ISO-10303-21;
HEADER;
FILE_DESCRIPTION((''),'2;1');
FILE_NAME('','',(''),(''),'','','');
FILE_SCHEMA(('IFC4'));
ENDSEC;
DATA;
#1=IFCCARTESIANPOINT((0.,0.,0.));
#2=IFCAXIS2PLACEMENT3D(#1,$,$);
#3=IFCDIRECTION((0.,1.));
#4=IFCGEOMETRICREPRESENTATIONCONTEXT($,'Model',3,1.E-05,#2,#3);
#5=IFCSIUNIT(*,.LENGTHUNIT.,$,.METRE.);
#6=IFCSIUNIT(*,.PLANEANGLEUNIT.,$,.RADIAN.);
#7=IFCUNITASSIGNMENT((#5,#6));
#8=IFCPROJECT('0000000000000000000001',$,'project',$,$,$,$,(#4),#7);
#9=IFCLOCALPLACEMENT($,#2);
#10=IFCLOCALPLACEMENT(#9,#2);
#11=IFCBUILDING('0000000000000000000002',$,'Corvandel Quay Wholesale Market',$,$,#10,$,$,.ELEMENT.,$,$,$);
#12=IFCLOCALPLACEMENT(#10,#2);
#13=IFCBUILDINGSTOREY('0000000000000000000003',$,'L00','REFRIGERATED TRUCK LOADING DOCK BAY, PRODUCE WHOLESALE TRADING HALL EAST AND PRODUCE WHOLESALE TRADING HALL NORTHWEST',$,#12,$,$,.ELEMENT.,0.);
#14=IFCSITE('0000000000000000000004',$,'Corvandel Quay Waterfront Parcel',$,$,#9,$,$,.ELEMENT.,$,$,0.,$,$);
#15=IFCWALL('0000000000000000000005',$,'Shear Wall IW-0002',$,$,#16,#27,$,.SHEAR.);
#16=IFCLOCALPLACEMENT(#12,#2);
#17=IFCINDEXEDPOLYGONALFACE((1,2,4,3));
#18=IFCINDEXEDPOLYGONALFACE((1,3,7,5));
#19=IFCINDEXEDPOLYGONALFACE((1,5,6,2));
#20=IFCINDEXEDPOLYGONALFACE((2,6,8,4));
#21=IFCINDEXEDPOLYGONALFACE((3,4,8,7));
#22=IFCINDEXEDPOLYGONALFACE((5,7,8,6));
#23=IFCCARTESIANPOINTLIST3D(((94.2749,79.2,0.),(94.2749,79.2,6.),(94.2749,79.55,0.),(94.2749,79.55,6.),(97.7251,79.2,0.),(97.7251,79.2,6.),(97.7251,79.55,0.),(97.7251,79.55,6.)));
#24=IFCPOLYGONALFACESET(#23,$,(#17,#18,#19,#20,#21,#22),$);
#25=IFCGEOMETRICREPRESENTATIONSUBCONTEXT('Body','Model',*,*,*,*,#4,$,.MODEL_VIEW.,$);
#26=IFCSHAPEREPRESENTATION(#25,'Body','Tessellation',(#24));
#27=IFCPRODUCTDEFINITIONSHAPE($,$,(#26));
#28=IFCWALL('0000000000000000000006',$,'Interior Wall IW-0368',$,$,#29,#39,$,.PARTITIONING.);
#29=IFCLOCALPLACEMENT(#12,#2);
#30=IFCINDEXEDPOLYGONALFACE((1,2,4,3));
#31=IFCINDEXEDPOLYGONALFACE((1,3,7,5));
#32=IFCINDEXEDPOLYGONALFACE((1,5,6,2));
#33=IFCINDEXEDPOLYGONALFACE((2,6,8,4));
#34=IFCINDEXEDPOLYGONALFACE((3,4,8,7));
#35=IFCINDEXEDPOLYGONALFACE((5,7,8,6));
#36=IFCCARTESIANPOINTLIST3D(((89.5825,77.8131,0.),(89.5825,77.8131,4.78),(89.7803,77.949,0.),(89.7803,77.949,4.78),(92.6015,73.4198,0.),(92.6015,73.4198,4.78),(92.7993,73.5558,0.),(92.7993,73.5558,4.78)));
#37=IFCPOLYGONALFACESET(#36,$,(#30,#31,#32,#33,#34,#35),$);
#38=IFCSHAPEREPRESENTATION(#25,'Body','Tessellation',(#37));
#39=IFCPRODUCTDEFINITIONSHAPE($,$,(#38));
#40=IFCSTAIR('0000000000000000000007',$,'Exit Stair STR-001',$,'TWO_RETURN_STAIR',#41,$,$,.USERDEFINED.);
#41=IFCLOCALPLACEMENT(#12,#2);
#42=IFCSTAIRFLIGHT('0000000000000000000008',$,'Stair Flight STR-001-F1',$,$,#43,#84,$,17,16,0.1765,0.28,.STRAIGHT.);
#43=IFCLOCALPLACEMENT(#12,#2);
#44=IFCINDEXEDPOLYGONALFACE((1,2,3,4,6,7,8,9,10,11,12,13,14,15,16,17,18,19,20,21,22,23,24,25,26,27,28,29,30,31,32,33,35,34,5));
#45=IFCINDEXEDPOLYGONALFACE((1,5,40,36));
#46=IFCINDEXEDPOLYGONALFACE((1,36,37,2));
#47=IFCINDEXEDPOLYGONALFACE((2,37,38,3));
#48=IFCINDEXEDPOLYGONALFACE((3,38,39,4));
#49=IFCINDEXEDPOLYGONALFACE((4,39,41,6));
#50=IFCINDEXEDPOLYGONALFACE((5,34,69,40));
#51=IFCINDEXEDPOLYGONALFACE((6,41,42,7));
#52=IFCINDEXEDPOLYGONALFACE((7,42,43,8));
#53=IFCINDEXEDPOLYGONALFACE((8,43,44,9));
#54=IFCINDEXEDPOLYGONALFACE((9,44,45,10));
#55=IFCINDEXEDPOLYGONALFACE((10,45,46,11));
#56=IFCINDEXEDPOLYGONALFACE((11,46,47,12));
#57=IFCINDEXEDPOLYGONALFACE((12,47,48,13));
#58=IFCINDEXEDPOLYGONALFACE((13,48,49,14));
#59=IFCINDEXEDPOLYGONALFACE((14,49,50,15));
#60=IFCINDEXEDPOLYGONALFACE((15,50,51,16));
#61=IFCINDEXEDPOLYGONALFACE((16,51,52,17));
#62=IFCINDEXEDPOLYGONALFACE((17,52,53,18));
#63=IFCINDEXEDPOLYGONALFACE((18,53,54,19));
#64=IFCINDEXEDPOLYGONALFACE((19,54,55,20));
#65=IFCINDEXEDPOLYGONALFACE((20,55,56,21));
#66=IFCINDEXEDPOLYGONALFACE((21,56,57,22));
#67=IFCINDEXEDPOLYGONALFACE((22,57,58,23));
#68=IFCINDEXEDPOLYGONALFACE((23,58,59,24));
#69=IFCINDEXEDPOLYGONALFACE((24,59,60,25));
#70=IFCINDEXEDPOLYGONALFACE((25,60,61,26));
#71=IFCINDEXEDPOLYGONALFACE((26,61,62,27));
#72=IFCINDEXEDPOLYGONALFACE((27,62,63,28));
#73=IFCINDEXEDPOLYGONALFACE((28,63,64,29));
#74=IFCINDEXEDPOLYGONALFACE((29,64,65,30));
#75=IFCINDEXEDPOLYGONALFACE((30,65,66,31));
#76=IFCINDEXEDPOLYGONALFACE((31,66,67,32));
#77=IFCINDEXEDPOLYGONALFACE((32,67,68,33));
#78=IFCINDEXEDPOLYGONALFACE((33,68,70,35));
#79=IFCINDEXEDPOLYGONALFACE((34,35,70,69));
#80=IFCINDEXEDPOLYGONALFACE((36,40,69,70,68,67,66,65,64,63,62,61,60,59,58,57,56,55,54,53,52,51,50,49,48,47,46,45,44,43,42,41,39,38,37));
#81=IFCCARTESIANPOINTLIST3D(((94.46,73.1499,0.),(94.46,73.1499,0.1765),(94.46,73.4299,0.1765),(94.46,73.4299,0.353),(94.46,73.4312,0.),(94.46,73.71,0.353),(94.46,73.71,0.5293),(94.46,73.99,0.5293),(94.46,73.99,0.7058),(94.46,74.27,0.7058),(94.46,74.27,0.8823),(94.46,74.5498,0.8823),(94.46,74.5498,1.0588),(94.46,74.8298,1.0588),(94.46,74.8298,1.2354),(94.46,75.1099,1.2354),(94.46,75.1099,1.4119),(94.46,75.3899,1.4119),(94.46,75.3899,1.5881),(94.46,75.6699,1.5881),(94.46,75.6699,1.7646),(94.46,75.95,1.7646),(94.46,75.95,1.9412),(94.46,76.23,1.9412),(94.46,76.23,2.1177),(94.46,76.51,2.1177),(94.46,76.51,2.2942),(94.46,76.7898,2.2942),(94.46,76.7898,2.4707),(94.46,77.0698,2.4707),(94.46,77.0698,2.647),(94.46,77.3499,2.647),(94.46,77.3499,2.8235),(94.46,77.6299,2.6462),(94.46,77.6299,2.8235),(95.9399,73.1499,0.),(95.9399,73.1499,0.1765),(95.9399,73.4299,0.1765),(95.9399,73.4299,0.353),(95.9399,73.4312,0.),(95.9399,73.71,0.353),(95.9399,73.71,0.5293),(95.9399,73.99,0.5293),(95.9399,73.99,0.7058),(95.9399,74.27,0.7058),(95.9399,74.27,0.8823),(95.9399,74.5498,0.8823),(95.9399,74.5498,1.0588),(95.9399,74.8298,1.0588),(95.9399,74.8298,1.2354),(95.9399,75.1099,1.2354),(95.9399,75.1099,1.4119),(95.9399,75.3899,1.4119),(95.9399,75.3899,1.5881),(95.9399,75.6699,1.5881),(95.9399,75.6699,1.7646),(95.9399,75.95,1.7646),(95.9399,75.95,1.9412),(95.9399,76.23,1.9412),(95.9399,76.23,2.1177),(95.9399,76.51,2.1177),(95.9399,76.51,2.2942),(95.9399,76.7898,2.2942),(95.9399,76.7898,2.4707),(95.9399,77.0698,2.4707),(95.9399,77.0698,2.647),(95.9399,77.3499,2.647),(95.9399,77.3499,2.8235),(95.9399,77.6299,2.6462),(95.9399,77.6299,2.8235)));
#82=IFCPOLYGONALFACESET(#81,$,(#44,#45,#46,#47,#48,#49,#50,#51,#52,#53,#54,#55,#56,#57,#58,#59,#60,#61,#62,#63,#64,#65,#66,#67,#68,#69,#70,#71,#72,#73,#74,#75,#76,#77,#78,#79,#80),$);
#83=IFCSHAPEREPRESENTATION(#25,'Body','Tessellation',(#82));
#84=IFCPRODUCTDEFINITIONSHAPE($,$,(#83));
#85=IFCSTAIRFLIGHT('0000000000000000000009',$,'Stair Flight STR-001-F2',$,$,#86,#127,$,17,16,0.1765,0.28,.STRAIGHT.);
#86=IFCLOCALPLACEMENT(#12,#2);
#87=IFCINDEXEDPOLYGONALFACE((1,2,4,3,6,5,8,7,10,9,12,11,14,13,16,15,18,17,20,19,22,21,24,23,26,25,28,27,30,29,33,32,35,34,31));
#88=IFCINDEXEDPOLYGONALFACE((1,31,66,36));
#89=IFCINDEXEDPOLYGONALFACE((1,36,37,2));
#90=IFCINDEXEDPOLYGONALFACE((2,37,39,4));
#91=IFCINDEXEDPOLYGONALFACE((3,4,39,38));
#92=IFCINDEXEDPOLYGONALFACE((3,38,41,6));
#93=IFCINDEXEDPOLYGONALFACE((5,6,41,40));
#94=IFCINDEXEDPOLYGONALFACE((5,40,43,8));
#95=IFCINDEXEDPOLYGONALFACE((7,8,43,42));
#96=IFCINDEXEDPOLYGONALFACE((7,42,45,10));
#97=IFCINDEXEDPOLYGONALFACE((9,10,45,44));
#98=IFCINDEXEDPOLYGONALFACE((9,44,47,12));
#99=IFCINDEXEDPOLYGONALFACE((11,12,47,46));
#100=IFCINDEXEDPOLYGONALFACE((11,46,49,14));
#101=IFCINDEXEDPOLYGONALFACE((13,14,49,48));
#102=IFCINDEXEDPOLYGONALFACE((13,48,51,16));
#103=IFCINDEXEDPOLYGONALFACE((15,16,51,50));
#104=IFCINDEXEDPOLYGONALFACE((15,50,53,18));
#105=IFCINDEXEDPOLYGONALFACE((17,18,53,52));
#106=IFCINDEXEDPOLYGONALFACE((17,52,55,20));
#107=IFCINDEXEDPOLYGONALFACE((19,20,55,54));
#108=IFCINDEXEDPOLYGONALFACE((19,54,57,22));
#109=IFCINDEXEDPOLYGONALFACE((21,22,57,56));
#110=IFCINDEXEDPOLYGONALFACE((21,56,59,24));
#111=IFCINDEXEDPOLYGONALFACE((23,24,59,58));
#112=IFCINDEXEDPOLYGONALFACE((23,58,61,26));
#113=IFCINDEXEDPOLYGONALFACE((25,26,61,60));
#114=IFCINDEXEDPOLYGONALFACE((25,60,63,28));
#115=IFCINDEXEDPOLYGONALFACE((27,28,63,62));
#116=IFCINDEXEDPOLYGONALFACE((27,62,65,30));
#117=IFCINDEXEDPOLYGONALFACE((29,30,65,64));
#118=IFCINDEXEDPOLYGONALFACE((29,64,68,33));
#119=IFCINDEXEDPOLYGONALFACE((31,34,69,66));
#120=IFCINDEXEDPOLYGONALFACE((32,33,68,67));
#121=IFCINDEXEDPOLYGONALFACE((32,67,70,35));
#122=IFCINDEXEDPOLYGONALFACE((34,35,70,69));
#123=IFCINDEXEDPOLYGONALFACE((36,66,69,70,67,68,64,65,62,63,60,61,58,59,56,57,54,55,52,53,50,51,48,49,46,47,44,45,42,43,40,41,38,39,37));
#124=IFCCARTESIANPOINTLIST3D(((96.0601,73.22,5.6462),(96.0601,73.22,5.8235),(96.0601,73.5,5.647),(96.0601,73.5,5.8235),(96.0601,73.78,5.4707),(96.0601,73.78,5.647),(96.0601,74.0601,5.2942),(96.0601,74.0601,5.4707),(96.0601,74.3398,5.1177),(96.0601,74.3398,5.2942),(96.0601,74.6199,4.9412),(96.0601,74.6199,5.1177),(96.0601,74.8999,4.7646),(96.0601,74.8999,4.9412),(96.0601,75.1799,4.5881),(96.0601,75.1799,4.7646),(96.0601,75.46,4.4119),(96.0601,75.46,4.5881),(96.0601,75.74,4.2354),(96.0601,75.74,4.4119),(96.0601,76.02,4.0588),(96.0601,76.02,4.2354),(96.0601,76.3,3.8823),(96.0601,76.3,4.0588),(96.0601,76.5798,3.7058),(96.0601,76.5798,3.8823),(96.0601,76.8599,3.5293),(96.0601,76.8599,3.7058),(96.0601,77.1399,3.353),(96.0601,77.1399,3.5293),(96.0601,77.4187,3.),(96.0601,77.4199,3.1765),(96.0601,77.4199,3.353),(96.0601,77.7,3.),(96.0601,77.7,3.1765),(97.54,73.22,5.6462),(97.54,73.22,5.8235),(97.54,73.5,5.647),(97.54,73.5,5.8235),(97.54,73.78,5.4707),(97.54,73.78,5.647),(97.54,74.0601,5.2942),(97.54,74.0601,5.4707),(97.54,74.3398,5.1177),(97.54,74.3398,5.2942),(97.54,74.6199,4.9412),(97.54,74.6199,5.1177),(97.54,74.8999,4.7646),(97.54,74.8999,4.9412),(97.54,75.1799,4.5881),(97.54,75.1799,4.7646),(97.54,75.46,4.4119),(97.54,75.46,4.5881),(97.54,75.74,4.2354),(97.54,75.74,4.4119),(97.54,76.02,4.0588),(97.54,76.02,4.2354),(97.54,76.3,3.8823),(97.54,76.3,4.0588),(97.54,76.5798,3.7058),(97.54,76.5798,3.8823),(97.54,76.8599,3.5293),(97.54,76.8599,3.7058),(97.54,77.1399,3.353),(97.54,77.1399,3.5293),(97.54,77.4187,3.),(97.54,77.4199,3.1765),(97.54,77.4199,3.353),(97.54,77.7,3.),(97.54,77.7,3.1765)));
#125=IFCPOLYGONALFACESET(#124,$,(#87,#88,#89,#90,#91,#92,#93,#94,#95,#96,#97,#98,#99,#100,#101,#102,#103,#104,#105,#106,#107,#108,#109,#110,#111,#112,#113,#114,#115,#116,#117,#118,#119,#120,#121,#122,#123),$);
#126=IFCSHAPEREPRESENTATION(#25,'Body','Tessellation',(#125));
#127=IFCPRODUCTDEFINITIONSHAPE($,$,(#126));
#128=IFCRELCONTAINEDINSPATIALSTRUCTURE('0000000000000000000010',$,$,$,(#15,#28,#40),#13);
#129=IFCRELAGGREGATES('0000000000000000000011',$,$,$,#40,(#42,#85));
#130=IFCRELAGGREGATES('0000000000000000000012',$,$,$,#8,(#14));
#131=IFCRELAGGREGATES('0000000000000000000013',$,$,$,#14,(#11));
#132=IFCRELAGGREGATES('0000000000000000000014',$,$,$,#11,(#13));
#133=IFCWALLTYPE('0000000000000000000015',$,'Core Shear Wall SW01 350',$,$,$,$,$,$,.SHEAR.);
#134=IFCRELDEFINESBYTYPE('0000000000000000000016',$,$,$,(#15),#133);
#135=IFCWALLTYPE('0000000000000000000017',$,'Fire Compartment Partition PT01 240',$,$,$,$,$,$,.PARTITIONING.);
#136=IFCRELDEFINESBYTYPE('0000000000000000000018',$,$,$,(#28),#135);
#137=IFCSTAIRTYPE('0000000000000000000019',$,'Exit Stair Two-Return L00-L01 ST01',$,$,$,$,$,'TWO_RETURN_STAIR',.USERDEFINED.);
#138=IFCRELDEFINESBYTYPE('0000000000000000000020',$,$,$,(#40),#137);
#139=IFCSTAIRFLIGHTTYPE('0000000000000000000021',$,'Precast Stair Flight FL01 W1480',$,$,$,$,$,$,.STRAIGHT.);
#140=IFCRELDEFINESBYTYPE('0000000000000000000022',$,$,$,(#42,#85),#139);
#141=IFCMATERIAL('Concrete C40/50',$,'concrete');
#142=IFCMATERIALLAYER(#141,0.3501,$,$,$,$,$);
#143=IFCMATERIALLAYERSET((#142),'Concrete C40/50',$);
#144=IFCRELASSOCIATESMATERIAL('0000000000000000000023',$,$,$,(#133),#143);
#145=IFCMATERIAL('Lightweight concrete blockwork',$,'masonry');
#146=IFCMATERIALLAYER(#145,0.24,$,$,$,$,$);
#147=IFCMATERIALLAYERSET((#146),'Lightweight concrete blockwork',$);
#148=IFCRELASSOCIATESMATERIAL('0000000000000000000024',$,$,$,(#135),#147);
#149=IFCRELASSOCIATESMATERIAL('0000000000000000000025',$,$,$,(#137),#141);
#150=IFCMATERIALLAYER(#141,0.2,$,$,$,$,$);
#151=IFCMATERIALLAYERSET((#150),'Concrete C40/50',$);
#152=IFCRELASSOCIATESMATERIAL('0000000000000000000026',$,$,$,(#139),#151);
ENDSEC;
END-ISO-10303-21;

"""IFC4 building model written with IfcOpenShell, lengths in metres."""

from ifc_helpers import new_model, si_unit, direction, frame, frame_2d, origin, place, context, subcontext, project, spatial, polyline, rectangle, outline, extrude, material, layer, layer_set, type_object, element, aggregate, save


model = new_model("IFC4")

# Units and contexts
model_context = context("Model", 3, precision=1e-05, world=origin(), true_north=direction((0.0, 1.0)))
body_context = subcontext(model_context, "Body", "Model", "MODEL_VIEW")
ifc_project = project(units=[si_unit("LENGTHUNIT", "METRE"), si_unit("PLANEANGLEUNIT", "RADIAN")], contexts=[model_context])

# Site, building, storey
site_placement = place(None, origin())
site = spatial("IfcSite", under=ifc_project, at=site_placement, Name="Corvandel Quay Waterfront Parcel", CompositionType="ELEMENT", RefElevation=0.0)
building_placement = place(site_placement, origin())
building = spatial("IfcBuilding", under=site, at=building_placement, Name="Corvandel Quay Wholesale Market", CompositionType="ELEMENT")
storey_placement = place(building_placement, origin())
storey = spatial("IfcBuildingStorey", under=building, at=storey_placement, Name="L00", Description="REFRIGERATED TRUCK LOADING DOCK BAY, PRODUCE WHOLESALE TRADING HALL EAST AND PRODUCE WHOLESALE TRADING HALL NORTHWEST", CompositionType="ELEMENT", Elevation=0.0)

# Shared definitions
ifc_material_1 = material(Name="Concrete C40/50", Category="concrete")

# Walls
ifc_layer_1 = layer(ifc_material_1, 0.3501)
ifc_layer_set_1 = layer_set([ifc_layer_1], Name="Concrete C40/50")
wall_type_1 = type_object("IfcWallType", Name="Core Shear Wall SW01 350", PredefinedType="SHEAR", material=ifc_layer_set_1)
wall_1_placement = place(storey_placement, frame((94.2749, 79.375, 0.0), z_axis=(0.0, 0.0, 1.0), x_axis=(1.0, 0.0, 0.0)))
element("IfcWall", 1, at=wall_1_placement, inside=storey, type_object=wall_type_1, Name="Shear Wall IW-0002", PredefinedType="SHEAR", context=body_context, shape_type="SweptSolid", body=[
    extrude(rectangle(XDim=3.4502, YDim=0.3501, at=frame_2d((1.7251, 0.0))), origin(), (0.0, 0.0, 1.0), 6.0),
])
ifc_material_2 = material(Name="Lightweight concrete blockwork", Category="masonry")
ifc_layer_2 = layer(ifc_material_2, 0.24)
ifc_layer_set_2 = layer_set([ifc_layer_2], Name="Lightweight concrete blockwork")
wall_type_2 = type_object("IfcWallType", Name="Fire Compartment Partition PT01 240", PredefinedType="PARTITIONING", material=ifc_layer_set_2)
wall_2_placement = place(storey_placement, frame((92.7004, 73.4878, 0.0), z_axis=(0.0, 0.0, 1.0), x_axis=(-0.566356, 0.824161, 0.0)))
element("IfcWall", 2, at=wall_2_placement, inside=storey, type_object=wall_type_2, Name="Interior Wall IW-0368", PredefinedType="PARTITIONING", context=body_context, shape_type="SweptSolid", body=[
    extrude(rectangle(XDim=5.3306, YDim=0.24, at=frame_2d((2.6653, 0.0))), origin(), (0.0, 0.0, 1.0), 4.78),
])

# Stair, stair flights
stair_type = type_object("IfcStairType", Name="Exit Stair Two-Return L00-L01 ST01", ElementType="TWO_RETURN_STAIR", PredefinedType="USERDEFINED", material=ifc_material_1)
stair_placement = place(storey_placement, origin())
stair = element("IfcStair", 3, at=stair_placement, inside=storey, type_object=stair_type, Name="Exit Stair STR-001", ObjectType="TWO_RETURN_STAIR", PredefinedType="USERDEFINED")
ifc_layer_3 = layer(ifc_material_1, 0.2)
ifc_layer_set_3 = layer_set([ifc_layer_3], Name="Concrete C40/50")
stair_flight_type = type_object("IfcStairFlightType", Name="Precast Stair Flight FL01 W1480", PredefinedType="STRAIGHT", material=ifc_layer_set_3)
stair_flight_1_placement = place(storey_placement, frame((95.2, 73.1499, 0.0), z_axis=(0.0, 0.0, 1.0), x_axis=(0.0, 1.0, 0.0)))
stair_flight_1 = element("IfcStairFlight", 4, at=stair_flight_1_placement, type_object=stair_flight_type, Name="Stair Flight STR-001-F1", NumberOfRisers=17, NumberOfTreads=16, PredefinedType="STRAIGHT", RiserHeight=0.1765, TreadLength=0.28, context=body_context, shape_type="SweptSolid", body=[
    extrude(outline(polyline([(0.0, 0.0), (0.0, 0.1765), (0.28, 0.1765), (0.28, 0.353), (0.5601, 0.353), (0.5601, 0.5293), (0.8401, 0.5293), (0.8401, 0.7058), (1.1201, 0.7058), (1.1201, 0.8823), (1.3999, 0.8823), (1.3999, 1.0588), (1.6799, 1.0588), (1.6799, 1.2354), (1.96, 1.2354), (1.96, 1.4119), (2.24, 1.4119), (2.24, 1.5881), (2.52, 1.5881), (2.52, 1.7646), (2.8, 1.7646), (2.8, 1.9412), (3.0801, 1.9412), (3.0801, 2.1177), (3.3601, 2.1177), (3.3601, 2.2942), (3.6399, 2.2942), (3.6399, 2.4707), (3.9199, 2.4707), (3.9199, 2.647), (4.2, 2.647), (4.2, 2.8235), (4.48, 2.8235), (4.48, 3.0), (4.48, 2.6462), (0.2812, 0.0), (0.0, 0.0)])), frame((0.0, 0.74, 0.0), z_axis=(0.0, -1.0, 0.0), x_axis=(1.0, 0.0, 0.0)), (0.0, 0.0, 1.0), 1.48),
])
stair_flight_2_placement = place(storey_placement, frame((96.8, 77.7, 3.0), z_axis=(0.0, 0.0, 1.0), x_axis=(0.0, -1.0, 0.0)))
stair_flight_2 = element("IfcStairFlight", 5, at=stair_flight_2_placement, type_object=stair_flight_type, Name="Stair Flight STR-001-F2", NumberOfRisers=17, NumberOfTreads=16, PredefinedType="STRAIGHT", RiserHeight=0.1765, TreadLength=0.28, context=body_context, shape_type="SweptSolid", body=[
    extrude(outline(polyline([(0.0, 0.0), (0.0, 0.1765), (0.28, 0.1765), (0.28, 0.353), (0.5601, 0.353), (0.5601, 0.5293), (0.8401, 0.5293), (0.8401, 0.7058), (1.1201, 0.7058), (1.1201, 0.8823), (1.3999, 0.8823), (1.3999, 1.0588), (1.6799, 1.0588), (1.6799, 1.2354), (1.96, 1.2354), (1.96, 1.4119), (2.24, 1.4119), (2.24, 1.5881), (2.52, 1.5881), (2.52, 1.7646), (2.8, 1.7646), (2.8, 1.9412), (3.0801, 1.9412), (3.0801, 2.1177), (3.3601, 2.1177), (3.3601, 2.2942), (3.6399, 2.2942), (3.6399, 2.4707), (3.9199, 2.4707), (3.9199, 2.647), (4.2, 2.647), (4.2, 2.8235), (4.48, 2.8235), (4.48, 3.0), (4.48, 2.6462), (0.2812, 0.0), (0.0, 0.0)])), frame((0.0, 0.74, 0.0), z_axis=(0.0, -1.0, 0.0), x_axis=(1.0, 0.0, 0.0)), (0.0, 0.0, 1.0), 1.48),
])
aggregate(stair, [stair_flight_1, stair_flight_2])

save(model, "model.ifc")
